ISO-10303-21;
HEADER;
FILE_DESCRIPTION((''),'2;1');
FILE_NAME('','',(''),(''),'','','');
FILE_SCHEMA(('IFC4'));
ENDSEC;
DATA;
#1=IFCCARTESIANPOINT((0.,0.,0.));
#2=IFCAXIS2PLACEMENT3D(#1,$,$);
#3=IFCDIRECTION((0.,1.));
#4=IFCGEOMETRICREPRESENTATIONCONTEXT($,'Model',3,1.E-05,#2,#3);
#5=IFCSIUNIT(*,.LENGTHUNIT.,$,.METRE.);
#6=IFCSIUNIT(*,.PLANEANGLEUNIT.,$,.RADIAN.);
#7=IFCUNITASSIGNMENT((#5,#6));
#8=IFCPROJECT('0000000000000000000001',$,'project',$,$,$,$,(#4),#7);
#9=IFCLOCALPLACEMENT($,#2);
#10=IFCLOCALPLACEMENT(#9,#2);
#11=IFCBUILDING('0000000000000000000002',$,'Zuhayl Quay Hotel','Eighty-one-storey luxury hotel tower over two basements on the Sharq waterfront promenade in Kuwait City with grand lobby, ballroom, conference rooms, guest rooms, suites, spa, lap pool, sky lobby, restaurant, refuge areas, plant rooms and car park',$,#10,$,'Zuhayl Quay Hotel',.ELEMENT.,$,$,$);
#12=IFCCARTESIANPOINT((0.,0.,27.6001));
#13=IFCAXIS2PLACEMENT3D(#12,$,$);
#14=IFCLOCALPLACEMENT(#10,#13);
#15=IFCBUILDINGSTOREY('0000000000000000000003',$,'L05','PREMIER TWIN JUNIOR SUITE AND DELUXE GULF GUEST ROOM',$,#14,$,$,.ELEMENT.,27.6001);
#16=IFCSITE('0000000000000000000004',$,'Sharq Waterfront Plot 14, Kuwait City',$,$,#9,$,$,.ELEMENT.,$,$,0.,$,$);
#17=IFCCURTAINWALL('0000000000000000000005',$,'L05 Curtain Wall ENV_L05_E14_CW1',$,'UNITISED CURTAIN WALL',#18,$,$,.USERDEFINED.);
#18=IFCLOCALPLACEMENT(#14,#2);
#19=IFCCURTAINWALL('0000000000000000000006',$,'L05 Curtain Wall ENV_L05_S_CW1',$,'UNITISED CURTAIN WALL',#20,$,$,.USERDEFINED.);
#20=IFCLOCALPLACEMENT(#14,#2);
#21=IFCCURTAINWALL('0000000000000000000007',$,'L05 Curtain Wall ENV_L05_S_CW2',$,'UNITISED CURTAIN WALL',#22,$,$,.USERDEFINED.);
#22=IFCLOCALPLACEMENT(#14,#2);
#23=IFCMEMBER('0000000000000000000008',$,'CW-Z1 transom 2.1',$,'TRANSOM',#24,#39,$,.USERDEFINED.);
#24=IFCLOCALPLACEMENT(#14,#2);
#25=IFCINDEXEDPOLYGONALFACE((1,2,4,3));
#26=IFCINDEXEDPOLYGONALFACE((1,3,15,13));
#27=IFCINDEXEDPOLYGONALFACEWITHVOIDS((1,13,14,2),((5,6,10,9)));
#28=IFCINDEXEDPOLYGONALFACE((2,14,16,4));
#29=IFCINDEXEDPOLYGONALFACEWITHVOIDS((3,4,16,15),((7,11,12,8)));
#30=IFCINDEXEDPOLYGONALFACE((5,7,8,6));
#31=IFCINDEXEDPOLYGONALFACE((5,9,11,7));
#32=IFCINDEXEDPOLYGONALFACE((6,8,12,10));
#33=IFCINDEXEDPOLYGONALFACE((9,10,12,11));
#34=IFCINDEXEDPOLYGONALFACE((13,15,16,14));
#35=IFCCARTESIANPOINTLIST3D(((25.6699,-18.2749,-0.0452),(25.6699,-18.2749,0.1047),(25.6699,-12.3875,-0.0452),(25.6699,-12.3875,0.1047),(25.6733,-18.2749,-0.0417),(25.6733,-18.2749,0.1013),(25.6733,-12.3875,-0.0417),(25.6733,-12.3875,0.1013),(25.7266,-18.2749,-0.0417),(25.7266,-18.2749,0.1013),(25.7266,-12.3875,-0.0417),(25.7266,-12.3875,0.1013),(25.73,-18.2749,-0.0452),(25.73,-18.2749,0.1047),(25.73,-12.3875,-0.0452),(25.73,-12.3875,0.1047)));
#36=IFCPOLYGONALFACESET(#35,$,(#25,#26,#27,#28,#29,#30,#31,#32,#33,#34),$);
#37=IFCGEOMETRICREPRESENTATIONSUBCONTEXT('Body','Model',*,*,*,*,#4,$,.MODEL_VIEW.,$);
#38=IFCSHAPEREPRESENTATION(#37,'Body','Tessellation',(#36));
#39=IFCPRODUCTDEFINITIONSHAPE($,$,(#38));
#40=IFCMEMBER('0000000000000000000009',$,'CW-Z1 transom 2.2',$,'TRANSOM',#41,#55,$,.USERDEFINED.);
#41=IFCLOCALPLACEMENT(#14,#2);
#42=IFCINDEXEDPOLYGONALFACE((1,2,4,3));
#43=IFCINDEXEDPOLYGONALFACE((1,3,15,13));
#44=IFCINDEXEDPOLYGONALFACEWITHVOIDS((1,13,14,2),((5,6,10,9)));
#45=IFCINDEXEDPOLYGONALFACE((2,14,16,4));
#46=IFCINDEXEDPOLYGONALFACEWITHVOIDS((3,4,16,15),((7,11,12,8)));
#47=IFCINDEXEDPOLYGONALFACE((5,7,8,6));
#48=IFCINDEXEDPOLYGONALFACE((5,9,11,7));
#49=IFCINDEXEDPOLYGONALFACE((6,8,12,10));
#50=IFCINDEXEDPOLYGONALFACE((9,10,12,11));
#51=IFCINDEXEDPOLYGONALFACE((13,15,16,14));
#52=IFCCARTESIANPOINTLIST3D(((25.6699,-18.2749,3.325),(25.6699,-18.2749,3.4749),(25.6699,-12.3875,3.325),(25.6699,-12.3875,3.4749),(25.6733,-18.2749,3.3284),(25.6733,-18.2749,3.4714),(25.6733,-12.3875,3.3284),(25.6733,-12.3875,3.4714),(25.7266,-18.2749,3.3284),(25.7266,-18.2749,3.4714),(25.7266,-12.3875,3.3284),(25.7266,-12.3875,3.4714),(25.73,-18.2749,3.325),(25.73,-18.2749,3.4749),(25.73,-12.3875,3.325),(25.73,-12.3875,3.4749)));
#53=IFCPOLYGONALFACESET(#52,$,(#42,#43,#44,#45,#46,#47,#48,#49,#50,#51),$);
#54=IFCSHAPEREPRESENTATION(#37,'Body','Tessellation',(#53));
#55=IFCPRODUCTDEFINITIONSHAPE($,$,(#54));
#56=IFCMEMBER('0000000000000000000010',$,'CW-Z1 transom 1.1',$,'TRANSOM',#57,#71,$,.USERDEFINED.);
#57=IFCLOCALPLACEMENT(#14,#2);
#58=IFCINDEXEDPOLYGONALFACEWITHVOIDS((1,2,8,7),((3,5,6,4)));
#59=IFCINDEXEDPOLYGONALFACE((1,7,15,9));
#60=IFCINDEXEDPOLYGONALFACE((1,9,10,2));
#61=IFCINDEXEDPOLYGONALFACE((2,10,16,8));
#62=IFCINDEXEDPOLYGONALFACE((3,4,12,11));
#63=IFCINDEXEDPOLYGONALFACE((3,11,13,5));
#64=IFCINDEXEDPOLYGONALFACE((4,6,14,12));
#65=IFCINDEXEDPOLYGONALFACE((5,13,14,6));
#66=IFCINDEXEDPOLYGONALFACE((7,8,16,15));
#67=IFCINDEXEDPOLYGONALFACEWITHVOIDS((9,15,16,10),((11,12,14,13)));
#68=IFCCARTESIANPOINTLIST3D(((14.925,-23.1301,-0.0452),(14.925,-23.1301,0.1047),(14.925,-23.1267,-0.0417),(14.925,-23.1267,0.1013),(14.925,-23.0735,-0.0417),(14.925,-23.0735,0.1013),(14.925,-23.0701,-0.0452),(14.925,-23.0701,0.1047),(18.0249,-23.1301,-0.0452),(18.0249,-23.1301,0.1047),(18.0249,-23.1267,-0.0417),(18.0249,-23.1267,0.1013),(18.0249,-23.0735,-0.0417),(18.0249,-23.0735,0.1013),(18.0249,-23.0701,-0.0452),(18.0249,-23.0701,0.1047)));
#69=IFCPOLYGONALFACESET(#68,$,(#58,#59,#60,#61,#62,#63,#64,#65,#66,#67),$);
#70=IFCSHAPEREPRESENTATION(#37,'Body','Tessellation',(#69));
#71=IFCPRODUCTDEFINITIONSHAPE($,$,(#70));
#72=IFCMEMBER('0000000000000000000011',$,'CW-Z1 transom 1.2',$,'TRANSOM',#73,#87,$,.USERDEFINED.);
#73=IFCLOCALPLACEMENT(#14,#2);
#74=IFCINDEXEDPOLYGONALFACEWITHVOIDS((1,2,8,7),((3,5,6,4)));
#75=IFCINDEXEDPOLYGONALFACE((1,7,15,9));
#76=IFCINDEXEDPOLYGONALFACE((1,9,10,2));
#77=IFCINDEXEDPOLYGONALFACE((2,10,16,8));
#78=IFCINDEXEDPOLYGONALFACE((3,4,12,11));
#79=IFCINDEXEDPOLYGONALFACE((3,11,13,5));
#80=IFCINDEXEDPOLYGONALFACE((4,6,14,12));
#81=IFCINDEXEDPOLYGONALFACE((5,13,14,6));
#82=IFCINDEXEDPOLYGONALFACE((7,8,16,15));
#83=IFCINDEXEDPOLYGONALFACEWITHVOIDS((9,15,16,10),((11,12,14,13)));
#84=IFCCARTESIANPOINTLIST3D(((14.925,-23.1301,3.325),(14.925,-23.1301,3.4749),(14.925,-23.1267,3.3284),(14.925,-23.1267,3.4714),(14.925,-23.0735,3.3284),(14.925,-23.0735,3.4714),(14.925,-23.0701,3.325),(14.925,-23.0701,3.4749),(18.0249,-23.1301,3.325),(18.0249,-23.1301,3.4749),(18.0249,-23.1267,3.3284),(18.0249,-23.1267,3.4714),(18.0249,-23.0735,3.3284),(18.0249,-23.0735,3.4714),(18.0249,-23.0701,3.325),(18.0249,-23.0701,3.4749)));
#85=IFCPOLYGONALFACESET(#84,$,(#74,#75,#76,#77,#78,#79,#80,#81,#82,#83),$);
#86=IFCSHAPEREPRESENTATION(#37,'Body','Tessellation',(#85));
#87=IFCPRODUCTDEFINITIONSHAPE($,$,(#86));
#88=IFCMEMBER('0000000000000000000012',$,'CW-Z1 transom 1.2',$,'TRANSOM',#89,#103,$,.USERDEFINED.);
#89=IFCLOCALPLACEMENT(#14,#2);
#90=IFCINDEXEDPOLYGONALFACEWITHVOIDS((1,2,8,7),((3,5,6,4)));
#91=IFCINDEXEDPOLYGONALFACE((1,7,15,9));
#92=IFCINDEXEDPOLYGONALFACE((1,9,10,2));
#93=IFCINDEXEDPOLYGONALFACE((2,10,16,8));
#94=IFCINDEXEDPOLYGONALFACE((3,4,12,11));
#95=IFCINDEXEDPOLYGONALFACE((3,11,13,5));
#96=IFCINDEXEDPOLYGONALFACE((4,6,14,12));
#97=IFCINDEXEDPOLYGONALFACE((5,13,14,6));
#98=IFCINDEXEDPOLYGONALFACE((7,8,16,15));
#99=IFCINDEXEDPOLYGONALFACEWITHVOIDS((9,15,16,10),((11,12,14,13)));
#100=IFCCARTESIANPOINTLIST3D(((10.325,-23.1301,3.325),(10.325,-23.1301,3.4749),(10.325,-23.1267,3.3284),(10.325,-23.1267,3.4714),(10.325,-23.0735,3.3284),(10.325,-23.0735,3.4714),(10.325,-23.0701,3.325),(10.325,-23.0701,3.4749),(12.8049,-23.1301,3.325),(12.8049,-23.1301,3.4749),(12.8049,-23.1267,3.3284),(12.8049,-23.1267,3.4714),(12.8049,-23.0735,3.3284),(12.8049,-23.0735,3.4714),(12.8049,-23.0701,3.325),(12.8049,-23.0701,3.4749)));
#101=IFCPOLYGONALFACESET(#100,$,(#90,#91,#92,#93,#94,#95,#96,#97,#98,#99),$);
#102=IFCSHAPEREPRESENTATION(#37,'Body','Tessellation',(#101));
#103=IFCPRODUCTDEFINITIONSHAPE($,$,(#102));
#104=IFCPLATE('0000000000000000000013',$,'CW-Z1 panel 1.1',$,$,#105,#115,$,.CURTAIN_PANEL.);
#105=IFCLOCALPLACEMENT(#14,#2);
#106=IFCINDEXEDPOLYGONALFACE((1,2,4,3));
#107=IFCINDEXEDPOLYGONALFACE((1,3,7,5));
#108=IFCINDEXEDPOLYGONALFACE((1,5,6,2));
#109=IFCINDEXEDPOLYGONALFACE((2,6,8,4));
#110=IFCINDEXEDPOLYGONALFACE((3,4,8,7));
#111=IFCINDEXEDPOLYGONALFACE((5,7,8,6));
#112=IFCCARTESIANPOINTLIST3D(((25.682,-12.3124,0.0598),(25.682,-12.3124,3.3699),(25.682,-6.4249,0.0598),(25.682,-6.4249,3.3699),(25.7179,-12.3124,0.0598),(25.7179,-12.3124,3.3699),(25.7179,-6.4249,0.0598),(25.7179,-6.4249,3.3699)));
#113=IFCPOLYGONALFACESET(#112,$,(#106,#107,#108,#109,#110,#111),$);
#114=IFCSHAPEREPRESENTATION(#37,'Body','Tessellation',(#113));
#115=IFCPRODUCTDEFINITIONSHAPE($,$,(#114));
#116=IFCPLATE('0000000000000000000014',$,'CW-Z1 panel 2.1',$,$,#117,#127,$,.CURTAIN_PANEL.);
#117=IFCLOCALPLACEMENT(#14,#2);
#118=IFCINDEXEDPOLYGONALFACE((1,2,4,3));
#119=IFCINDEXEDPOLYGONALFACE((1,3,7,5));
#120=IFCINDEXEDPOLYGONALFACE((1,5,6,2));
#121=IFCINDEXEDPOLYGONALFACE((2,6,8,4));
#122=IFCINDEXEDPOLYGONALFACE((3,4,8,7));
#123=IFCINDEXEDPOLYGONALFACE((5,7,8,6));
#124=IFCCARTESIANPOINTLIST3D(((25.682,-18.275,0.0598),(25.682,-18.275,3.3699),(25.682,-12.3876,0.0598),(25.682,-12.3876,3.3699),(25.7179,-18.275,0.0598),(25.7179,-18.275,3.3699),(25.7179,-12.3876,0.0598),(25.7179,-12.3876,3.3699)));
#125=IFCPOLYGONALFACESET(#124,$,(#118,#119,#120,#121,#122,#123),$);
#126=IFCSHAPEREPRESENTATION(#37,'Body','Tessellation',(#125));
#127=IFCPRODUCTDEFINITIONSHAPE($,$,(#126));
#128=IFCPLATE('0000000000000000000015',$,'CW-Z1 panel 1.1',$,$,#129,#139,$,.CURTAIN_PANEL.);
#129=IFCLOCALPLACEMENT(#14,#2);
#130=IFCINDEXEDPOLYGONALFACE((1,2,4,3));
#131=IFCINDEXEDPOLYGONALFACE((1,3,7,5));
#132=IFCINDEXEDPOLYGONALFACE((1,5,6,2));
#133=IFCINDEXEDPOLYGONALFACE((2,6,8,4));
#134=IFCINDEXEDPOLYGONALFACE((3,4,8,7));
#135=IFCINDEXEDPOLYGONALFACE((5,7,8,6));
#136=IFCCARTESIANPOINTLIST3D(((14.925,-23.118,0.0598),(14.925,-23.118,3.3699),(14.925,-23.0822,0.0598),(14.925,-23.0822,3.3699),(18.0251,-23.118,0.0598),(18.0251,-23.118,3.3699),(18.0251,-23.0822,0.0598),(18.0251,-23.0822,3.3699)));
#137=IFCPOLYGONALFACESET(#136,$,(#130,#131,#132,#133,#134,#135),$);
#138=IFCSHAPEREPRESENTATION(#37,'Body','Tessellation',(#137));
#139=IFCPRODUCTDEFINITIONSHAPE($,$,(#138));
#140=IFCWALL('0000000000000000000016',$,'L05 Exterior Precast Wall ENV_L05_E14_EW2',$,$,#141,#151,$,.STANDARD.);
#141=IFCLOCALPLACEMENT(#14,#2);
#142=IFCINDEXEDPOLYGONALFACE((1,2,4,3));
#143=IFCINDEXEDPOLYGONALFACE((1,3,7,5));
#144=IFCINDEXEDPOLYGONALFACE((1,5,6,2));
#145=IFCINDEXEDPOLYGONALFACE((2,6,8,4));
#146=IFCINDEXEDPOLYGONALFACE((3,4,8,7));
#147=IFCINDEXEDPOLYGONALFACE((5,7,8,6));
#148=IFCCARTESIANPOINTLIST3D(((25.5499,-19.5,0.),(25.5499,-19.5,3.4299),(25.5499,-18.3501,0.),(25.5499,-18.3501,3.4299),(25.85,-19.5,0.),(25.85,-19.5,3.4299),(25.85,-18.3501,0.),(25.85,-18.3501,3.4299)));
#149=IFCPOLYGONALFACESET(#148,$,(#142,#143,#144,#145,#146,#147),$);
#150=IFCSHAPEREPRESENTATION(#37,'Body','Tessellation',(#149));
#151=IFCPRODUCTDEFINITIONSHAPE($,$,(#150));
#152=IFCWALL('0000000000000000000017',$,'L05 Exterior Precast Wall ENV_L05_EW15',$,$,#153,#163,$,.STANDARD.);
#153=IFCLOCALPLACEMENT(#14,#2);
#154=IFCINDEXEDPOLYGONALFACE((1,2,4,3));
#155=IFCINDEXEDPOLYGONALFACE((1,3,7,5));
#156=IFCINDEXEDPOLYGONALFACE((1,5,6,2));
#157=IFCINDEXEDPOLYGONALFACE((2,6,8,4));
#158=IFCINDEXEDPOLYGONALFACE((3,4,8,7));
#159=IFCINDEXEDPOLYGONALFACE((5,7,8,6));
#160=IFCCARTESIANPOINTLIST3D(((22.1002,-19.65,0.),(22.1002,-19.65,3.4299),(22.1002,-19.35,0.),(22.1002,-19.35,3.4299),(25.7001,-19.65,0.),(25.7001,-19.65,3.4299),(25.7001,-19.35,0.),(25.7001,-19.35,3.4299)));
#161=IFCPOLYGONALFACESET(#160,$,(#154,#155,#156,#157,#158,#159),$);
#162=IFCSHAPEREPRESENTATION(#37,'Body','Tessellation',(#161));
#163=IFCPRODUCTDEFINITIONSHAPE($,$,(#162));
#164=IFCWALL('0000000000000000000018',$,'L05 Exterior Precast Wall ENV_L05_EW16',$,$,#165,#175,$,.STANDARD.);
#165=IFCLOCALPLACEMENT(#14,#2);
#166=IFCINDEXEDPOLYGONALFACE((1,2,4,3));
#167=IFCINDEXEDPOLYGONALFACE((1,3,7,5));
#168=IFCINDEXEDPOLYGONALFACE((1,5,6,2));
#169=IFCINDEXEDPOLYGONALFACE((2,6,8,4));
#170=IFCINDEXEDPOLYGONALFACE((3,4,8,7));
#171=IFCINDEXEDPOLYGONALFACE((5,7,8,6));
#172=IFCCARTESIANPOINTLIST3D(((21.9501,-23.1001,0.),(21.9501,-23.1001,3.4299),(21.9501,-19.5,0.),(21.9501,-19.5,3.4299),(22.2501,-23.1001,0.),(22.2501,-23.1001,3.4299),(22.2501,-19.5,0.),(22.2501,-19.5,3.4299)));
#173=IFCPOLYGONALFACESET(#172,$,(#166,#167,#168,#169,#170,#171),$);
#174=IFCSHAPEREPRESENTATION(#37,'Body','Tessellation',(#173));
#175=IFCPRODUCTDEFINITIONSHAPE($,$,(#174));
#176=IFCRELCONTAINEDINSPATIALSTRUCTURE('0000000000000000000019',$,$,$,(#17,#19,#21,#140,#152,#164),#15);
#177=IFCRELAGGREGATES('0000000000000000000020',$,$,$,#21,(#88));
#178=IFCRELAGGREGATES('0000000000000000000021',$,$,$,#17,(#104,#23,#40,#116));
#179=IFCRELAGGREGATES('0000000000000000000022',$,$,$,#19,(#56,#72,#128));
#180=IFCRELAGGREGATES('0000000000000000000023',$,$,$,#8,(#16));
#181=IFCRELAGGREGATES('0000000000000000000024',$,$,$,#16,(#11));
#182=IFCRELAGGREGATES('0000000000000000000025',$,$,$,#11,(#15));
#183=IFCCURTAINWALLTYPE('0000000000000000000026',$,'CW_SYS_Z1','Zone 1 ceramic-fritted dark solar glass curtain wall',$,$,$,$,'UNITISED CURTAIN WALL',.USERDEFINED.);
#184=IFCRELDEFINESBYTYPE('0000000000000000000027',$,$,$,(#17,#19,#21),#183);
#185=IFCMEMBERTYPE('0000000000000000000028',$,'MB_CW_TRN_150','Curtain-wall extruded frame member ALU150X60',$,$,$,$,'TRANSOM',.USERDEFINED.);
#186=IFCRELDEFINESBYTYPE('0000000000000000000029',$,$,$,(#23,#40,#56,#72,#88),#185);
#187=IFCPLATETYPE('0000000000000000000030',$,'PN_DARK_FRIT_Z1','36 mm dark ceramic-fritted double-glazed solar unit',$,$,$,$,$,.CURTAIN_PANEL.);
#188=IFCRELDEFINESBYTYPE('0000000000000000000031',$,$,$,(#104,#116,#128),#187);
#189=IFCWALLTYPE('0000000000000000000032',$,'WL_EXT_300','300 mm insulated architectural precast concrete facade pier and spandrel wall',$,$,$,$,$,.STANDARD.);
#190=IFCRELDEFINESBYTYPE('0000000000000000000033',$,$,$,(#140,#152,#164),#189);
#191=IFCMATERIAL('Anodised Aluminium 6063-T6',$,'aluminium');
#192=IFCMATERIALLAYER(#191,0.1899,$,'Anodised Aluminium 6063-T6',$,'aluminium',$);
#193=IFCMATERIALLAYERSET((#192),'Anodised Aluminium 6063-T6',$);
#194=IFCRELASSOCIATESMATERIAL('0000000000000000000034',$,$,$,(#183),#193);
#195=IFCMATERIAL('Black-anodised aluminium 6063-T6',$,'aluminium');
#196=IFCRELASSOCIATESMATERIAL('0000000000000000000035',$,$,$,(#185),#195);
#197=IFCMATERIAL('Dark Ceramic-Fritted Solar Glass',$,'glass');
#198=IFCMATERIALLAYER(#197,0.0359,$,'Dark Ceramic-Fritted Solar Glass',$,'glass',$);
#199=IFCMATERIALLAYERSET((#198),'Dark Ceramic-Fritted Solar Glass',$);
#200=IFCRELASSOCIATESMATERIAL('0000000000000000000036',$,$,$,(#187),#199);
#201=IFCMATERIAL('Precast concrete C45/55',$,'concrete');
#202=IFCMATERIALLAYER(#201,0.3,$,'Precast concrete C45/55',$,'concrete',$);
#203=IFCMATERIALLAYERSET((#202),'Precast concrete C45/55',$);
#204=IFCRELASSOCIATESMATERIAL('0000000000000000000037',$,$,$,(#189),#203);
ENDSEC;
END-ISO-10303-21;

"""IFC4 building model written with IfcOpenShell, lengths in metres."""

from ifc_helpers import new_model, si_unit, direction, frame, frame_2d, origin, origin_2d, place, context, subcontext, project, spatial, rectangle, hollow_rectangle, extrude, material, layer, layer_set, material_profile, profile_set, type_object, element, aggregate, save


model = new_model("IFC4")

# Units and contexts
model_context = context("Model", 3, precision=1e-05, world=origin(), true_north=direction((0.0, 1.0)))
body_context = subcontext(model_context, "Body", "Model", "MODEL_VIEW")
ifc_project = project(units=[si_unit("LENGTHUNIT", "METRE"), si_unit("PLANEANGLEUNIT", "RADIAN")], contexts=[model_context])

# Site, building, storey
site_placement = place(None, origin())
site = spatial("IfcSite", under=ifc_project, at=site_placement, Name="Sharq Waterfront Plot 14, Kuwait City", CompositionType="ELEMENT", RefElevation=0.0)
building_placement = place(site_placement, origin())
building = spatial("IfcBuilding", under=site, at=building_placement, Name="Zuhayl Quay Hotel", Description="Eighty-one-storey luxury hotel tower over two basements on the Sharq waterfront promenade in Kuwait City with grand lobby, ballroom, conference rooms, guest rooms, suites, spa, lap pool, sky lobby, restaurant, refuge areas, plant rooms and car park", LongName="Zuhayl Quay Hotel", CompositionType="ELEMENT")
storey_placement = place(building_placement, frame((0.0, 0.0, 27.6001)))
storey = spatial("IfcBuildingStorey", under=building, at=storey_placement, Name="L05", Description="PREMIER TWIN JUNIOR SUITE AND DELUXE GULF GUEST ROOM", CompositionType="ELEMENT", Elevation=27.6001)

# Curtain walls
ifc_material_1 = material(Name="Anodised Aluminium 6063-T6", Category="aluminium")
ifc_layer_1 = layer(ifc_material_1, 0.1899, Name="Anodised Aluminium 6063-T6", Category="aluminium")
ifc_layer_set_1 = layer_set([ifc_layer_1], Name="Anodised Aluminium 6063-T6")
curtain_wall_type = type_object("IfcCurtainWallType", Name="CW_SYS_Z1", Description="Zone 1 ceramic-fritted dark solar glass curtain wall", ElementType="UNITISED CURTAIN WALL", PredefinedType="USERDEFINED", material=ifc_layer_set_1)
curtain_wall_1_placement = place(storey_placement, origin())
curtain_wall_1 = element("IfcCurtainWall", 1, at=curtain_wall_1_placement, inside=storey, type_object=curtain_wall_type, Name="L05 Curtain Wall ENV_L05_E14_CW1", ObjectType="UNITISED CURTAIN WALL", PredefinedType="USERDEFINED")
ifc_material_2 = material(Name="Black-anodised aluminium 6063-T6", Category="aluminium")
curtain_wall_2_placement = place(storey_placement, origin())
curtain_wall_2 = element("IfcCurtainWall", 2, at=curtain_wall_2_placement, inside=storey, type_object=curtain_wall_type, Name="L05 Curtain Wall ENV_L05_S_CW1", ObjectType="UNITISED CURTAIN WALL", PredefinedType="USERDEFINED")

# Curtain wall
curtain_wall_3_placement = place(storey_placement, origin())
curtain_wall_3 = element("IfcCurtainWall", 3, at=curtain_wall_3_placement, inside=storey, type_object=curtain_wall_type, Name="L05 Curtain Wall ENV_L05_S_CW2", ObjectType="UNITISED CURTAIN WALL", PredefinedType="USERDEFINED")

# Members
ifc_material_profile_1 = material_profile(ifc_material_2, hollow_rectangle(XDim=0.0601, YDim=0.1499, WallThickness=0.0034, at=origin_2d()), Name="ALU150X60")
ifc_profile_set_1 = profile_set([ifc_material_profile_1], Name="Black-anodised aluminium 6063-T6")
member_type_1 = type_object("IfcMemberType", Name="MB_CW_TRN_150", Description="Curtain-wall extruded frame member ALU150X60", ElementType="TRANSOM", PredefinedType="USERDEFINED", material=ifc_profile_set_1)
member_1_placement = place(storey_placement, frame((25.7, -12.3875, 0.0298), z_axis=(0.0, -1.0, 0.0), x_axis=(1.0, 0.0, 0.0)))
member_1 = element("IfcMember", 4, at=member_1_placement, type_object=member_type_1, Name="CW-Z1 transom 2.1", ObjectType="TRANSOM", PredefinedType="USERDEFINED", context=body_context, shape_type="SweptSolid", body=[
    extrude(hollow_rectangle(XDim=0.0601, YDim=0.1499, WallThickness=0.0034, at=origin_2d()), origin(), (0.0, 0.0, 1.0), 5.8875),
])
member_2_placement = place(storey_placement, frame((25.7, -12.3875, 3.3999), z_axis=(0.0, -1.0, 0.0), x_axis=(1.0, 0.0, 0.0)))
member_2 = element("IfcMember", 5, at=member_2_placement, type_object=member_type_1, Name="CW-Z1 transom 2.2", ObjectType="TRANSOM", PredefinedType="USERDEFINED", context=body_context, shape_type="SweptSolid", body=[
    extrude(hollow_rectangle(XDim=0.0601, YDim=0.1499, WallThickness=0.0034, at=origin_2d()), origin(), (0.0, 0.0, 1.0), 5.8875),
])
member_3_placement = place(storey_placement, frame((18.0249, -23.1001, 0.0298), z_axis=(-1.0, 0.0, 0.0), x_axis=(0.0, -1.0, 0.0)))
member_3 = element("IfcMember", 6, at=member_3_placement, type_object=member_type_1, Name="CW-Z1 transom 1.1", ObjectType="TRANSOM", PredefinedType="USERDEFINED", context=body_context, shape_type="SweptSolid", body=[
    extrude(hollow_rectangle(XDim=0.0601, YDim=0.1499, WallThickness=0.0034, at=origin_2d()), origin(), (0.0, 0.0, 1.0), 3.0999),
])
member_4_placement = place(storey_placement, frame((18.0249, -23.1001, 3.3999), z_axis=(-1.0, 0.0, 0.0), x_axis=(0.0, -1.0, 0.0)))
member_4 = element("IfcMember", 7, at=member_4_placement, type_object=member_type_1, Name="CW-Z1 transom 1.2", ObjectType="TRANSOM", PredefinedType="USERDEFINED", context=body_context, shape_type="SweptSolid", body=[
    extrude(hollow_rectangle(XDim=0.0601, YDim=0.1499, WallThickness=0.0034, at=origin_2d()), origin(), (0.0, 0.0, 1.0), 3.0999),
])
member_5_placement = place(storey_placement, frame((12.8049, -23.1001, 3.3999), z_axis=(-1.0, 0.0, 0.0), x_axis=(0.0, -1.0, 0.0)))
member_5 = element("IfcMember", 8, at=member_5_placement, type_object=member_type_1, Name="CW-Z1 transom 1.2", ObjectType="TRANSOM", PredefinedType="USERDEFINED", context=body_context, shape_type="SweptSolid", body=[
    extrude(hollow_rectangle(XDim=0.0601, YDim=0.1499, WallThickness=0.0034, at=origin_2d()), origin(), (0.0, 0.0, 1.0), 2.48),
])
aggregate(curtain_wall_3, [member_5])

# Plates
ifc_material_3 = material(Name="Dark Ceramic-Fritted Solar Glass", Category="glass")
ifc_layer_2 = layer(ifc_material_3, 0.0359, Name="Dark Ceramic-Fritted Solar Glass", Category="glass")
ifc_layer_set_2 = layer_set([ifc_layer_2], Name="Dark Ceramic-Fritted Solar Glass")
plate_type = type_object("IfcPlateType", Name="PN_DARK_FRIT_Z1", Description="36 mm dark ceramic-fritted double-glazed solar unit", PredefinedType="CURTAIN_PANEL", material=ifc_layer_set_2)
plate_1_placement = place(storey_placement, frame((25.7, -9.3687, 0.0598), z_axis=(0.0, 0.0, 1.0), x_axis=(0.0, -1.0, 0.0)))
plate_1 = element("IfcPlate", 9, at=plate_1_placement, type_object=plate_type, Name="CW-Z1 panel 1.1", PredefinedType="CURTAIN_PANEL", context=body_context, shape_type="SweptSolid", body=[
    extrude(rectangle(XDim=5.8875, YDim=0.0359, at=origin_2d()), origin(), (0.0, 0.0, 1.0), 3.3101),
])
plate_2_placement = place(storey_placement, frame((25.7, -15.3313, 0.0598), z_axis=(0.0, 0.0, 1.0), x_axis=(0.0, -1.0, 0.0)))
plate_2 = element("IfcPlate", 10, at=plate_2_placement, type_object=plate_type, Name="CW-Z1 panel 2.1", PredefinedType="CURTAIN_PANEL", context=body_context, shape_type="SweptSolid", body=[
    extrude(rectangle(XDim=5.8875, YDim=0.0359, at=origin_2d()), origin(), (0.0, 0.0, 1.0), 3.3101),
])
aggregate(curtain_wall_1, [plate_1, member_1, member_2, plate_2])
plate_3_placement = place(storey_placement, frame((16.4751, -23.1001, 0.0598), z_axis=(0.0, 0.0, 1.0), x_axis=(-1.0, 0.0, 0.0)))
plate_3 = element("IfcPlate", 11, at=plate_3_placement, type_object=plate_type, Name="CW-Z1 panel 1.1", PredefinedType="CURTAIN_PANEL", context=body_context, shape_type="SweptSolid", body=[
    extrude(rectangle(XDim=3.1001, YDim=0.0359, at=origin_2d()), origin(), (0.0, 0.0, 1.0), 3.3101),
])
aggregate(curtain_wall_2, [member_3, member_4, plate_3])

# Walls
ifc_material_4 = material(Name="Precast concrete C45/55", Category="concrete")
ifc_layer_3 = layer(ifc_material_4, 0.3, Name="Precast concrete C45/55", Category="concrete")
ifc_layer_set_3 = layer_set([ifc_layer_3], Name="Precast concrete C45/55")
wall_type_1 = type_object("IfcWallType", Name="WL_EXT_300", Description="300 mm insulated architectural precast concrete facade pier and spandrel wall", PredefinedType="STANDARD", material=ifc_layer_set_3)
wall_1_placement = place(storey_placement, frame((25.7, -18.3501, 0.0), z_axis=(0.0, 0.0, 1.0), x_axis=(0.0, -1.0, 0.0)))
element("IfcWall", 12, at=wall_1_placement, inside=storey, type_object=wall_type_1, Name="L05 Exterior Precast Wall ENV_L05_E14_EW2", PredefinedType="STANDARD", context=body_context, shape_type="SweptSolid", body=[
    extrude(rectangle(XDim=1.1499, YDim=0.3, at=frame_2d((0.575, 0.0))), origin(), (0.0, 0.0, 1.0), 3.4299),
])
wall_2_placement = place(storey_placement, frame((25.7, -19.5, 0.0), z_axis=(0.0, 0.0, 1.0), x_axis=(-1.0, 0.0, 0.0)))
element("IfcWall", 13, at=wall_2_placement, inside=storey, type_object=wall_type_1, Name="L05 Exterior Precast Wall ENV_L05_EW15", PredefinedType="STANDARD", context=body_context, shape_type="SweptSolid", body=[
    extrude(rectangle(XDim=3.5999, YDim=0.3, at=frame_2d((1.7998, 0.0))), origin(), (0.0, 0.0, 1.0), 3.4299),
])
wall_3_placement = place(storey_placement, frame((22.1001, -19.5, 0.0), z_axis=(0.0, 0.0, 1.0), x_axis=(0.0, -1.0, 0.0)))
element("IfcWall", 14, at=wall_3_placement, inside=storey, type_object=wall_type_1, Name="L05 Exterior Precast Wall ENV_L05_EW16", PredefinedType="STANDARD", context=body_context, shape_type="SweptSolid", body=[
    extrude(rectangle(XDim=3.6001, YDim=0.3, at=frame_2d((1.8, 0.0))), origin(), (0.0, 0.0, 1.0), 3.4299),
])

save(model, "model.ifc")
